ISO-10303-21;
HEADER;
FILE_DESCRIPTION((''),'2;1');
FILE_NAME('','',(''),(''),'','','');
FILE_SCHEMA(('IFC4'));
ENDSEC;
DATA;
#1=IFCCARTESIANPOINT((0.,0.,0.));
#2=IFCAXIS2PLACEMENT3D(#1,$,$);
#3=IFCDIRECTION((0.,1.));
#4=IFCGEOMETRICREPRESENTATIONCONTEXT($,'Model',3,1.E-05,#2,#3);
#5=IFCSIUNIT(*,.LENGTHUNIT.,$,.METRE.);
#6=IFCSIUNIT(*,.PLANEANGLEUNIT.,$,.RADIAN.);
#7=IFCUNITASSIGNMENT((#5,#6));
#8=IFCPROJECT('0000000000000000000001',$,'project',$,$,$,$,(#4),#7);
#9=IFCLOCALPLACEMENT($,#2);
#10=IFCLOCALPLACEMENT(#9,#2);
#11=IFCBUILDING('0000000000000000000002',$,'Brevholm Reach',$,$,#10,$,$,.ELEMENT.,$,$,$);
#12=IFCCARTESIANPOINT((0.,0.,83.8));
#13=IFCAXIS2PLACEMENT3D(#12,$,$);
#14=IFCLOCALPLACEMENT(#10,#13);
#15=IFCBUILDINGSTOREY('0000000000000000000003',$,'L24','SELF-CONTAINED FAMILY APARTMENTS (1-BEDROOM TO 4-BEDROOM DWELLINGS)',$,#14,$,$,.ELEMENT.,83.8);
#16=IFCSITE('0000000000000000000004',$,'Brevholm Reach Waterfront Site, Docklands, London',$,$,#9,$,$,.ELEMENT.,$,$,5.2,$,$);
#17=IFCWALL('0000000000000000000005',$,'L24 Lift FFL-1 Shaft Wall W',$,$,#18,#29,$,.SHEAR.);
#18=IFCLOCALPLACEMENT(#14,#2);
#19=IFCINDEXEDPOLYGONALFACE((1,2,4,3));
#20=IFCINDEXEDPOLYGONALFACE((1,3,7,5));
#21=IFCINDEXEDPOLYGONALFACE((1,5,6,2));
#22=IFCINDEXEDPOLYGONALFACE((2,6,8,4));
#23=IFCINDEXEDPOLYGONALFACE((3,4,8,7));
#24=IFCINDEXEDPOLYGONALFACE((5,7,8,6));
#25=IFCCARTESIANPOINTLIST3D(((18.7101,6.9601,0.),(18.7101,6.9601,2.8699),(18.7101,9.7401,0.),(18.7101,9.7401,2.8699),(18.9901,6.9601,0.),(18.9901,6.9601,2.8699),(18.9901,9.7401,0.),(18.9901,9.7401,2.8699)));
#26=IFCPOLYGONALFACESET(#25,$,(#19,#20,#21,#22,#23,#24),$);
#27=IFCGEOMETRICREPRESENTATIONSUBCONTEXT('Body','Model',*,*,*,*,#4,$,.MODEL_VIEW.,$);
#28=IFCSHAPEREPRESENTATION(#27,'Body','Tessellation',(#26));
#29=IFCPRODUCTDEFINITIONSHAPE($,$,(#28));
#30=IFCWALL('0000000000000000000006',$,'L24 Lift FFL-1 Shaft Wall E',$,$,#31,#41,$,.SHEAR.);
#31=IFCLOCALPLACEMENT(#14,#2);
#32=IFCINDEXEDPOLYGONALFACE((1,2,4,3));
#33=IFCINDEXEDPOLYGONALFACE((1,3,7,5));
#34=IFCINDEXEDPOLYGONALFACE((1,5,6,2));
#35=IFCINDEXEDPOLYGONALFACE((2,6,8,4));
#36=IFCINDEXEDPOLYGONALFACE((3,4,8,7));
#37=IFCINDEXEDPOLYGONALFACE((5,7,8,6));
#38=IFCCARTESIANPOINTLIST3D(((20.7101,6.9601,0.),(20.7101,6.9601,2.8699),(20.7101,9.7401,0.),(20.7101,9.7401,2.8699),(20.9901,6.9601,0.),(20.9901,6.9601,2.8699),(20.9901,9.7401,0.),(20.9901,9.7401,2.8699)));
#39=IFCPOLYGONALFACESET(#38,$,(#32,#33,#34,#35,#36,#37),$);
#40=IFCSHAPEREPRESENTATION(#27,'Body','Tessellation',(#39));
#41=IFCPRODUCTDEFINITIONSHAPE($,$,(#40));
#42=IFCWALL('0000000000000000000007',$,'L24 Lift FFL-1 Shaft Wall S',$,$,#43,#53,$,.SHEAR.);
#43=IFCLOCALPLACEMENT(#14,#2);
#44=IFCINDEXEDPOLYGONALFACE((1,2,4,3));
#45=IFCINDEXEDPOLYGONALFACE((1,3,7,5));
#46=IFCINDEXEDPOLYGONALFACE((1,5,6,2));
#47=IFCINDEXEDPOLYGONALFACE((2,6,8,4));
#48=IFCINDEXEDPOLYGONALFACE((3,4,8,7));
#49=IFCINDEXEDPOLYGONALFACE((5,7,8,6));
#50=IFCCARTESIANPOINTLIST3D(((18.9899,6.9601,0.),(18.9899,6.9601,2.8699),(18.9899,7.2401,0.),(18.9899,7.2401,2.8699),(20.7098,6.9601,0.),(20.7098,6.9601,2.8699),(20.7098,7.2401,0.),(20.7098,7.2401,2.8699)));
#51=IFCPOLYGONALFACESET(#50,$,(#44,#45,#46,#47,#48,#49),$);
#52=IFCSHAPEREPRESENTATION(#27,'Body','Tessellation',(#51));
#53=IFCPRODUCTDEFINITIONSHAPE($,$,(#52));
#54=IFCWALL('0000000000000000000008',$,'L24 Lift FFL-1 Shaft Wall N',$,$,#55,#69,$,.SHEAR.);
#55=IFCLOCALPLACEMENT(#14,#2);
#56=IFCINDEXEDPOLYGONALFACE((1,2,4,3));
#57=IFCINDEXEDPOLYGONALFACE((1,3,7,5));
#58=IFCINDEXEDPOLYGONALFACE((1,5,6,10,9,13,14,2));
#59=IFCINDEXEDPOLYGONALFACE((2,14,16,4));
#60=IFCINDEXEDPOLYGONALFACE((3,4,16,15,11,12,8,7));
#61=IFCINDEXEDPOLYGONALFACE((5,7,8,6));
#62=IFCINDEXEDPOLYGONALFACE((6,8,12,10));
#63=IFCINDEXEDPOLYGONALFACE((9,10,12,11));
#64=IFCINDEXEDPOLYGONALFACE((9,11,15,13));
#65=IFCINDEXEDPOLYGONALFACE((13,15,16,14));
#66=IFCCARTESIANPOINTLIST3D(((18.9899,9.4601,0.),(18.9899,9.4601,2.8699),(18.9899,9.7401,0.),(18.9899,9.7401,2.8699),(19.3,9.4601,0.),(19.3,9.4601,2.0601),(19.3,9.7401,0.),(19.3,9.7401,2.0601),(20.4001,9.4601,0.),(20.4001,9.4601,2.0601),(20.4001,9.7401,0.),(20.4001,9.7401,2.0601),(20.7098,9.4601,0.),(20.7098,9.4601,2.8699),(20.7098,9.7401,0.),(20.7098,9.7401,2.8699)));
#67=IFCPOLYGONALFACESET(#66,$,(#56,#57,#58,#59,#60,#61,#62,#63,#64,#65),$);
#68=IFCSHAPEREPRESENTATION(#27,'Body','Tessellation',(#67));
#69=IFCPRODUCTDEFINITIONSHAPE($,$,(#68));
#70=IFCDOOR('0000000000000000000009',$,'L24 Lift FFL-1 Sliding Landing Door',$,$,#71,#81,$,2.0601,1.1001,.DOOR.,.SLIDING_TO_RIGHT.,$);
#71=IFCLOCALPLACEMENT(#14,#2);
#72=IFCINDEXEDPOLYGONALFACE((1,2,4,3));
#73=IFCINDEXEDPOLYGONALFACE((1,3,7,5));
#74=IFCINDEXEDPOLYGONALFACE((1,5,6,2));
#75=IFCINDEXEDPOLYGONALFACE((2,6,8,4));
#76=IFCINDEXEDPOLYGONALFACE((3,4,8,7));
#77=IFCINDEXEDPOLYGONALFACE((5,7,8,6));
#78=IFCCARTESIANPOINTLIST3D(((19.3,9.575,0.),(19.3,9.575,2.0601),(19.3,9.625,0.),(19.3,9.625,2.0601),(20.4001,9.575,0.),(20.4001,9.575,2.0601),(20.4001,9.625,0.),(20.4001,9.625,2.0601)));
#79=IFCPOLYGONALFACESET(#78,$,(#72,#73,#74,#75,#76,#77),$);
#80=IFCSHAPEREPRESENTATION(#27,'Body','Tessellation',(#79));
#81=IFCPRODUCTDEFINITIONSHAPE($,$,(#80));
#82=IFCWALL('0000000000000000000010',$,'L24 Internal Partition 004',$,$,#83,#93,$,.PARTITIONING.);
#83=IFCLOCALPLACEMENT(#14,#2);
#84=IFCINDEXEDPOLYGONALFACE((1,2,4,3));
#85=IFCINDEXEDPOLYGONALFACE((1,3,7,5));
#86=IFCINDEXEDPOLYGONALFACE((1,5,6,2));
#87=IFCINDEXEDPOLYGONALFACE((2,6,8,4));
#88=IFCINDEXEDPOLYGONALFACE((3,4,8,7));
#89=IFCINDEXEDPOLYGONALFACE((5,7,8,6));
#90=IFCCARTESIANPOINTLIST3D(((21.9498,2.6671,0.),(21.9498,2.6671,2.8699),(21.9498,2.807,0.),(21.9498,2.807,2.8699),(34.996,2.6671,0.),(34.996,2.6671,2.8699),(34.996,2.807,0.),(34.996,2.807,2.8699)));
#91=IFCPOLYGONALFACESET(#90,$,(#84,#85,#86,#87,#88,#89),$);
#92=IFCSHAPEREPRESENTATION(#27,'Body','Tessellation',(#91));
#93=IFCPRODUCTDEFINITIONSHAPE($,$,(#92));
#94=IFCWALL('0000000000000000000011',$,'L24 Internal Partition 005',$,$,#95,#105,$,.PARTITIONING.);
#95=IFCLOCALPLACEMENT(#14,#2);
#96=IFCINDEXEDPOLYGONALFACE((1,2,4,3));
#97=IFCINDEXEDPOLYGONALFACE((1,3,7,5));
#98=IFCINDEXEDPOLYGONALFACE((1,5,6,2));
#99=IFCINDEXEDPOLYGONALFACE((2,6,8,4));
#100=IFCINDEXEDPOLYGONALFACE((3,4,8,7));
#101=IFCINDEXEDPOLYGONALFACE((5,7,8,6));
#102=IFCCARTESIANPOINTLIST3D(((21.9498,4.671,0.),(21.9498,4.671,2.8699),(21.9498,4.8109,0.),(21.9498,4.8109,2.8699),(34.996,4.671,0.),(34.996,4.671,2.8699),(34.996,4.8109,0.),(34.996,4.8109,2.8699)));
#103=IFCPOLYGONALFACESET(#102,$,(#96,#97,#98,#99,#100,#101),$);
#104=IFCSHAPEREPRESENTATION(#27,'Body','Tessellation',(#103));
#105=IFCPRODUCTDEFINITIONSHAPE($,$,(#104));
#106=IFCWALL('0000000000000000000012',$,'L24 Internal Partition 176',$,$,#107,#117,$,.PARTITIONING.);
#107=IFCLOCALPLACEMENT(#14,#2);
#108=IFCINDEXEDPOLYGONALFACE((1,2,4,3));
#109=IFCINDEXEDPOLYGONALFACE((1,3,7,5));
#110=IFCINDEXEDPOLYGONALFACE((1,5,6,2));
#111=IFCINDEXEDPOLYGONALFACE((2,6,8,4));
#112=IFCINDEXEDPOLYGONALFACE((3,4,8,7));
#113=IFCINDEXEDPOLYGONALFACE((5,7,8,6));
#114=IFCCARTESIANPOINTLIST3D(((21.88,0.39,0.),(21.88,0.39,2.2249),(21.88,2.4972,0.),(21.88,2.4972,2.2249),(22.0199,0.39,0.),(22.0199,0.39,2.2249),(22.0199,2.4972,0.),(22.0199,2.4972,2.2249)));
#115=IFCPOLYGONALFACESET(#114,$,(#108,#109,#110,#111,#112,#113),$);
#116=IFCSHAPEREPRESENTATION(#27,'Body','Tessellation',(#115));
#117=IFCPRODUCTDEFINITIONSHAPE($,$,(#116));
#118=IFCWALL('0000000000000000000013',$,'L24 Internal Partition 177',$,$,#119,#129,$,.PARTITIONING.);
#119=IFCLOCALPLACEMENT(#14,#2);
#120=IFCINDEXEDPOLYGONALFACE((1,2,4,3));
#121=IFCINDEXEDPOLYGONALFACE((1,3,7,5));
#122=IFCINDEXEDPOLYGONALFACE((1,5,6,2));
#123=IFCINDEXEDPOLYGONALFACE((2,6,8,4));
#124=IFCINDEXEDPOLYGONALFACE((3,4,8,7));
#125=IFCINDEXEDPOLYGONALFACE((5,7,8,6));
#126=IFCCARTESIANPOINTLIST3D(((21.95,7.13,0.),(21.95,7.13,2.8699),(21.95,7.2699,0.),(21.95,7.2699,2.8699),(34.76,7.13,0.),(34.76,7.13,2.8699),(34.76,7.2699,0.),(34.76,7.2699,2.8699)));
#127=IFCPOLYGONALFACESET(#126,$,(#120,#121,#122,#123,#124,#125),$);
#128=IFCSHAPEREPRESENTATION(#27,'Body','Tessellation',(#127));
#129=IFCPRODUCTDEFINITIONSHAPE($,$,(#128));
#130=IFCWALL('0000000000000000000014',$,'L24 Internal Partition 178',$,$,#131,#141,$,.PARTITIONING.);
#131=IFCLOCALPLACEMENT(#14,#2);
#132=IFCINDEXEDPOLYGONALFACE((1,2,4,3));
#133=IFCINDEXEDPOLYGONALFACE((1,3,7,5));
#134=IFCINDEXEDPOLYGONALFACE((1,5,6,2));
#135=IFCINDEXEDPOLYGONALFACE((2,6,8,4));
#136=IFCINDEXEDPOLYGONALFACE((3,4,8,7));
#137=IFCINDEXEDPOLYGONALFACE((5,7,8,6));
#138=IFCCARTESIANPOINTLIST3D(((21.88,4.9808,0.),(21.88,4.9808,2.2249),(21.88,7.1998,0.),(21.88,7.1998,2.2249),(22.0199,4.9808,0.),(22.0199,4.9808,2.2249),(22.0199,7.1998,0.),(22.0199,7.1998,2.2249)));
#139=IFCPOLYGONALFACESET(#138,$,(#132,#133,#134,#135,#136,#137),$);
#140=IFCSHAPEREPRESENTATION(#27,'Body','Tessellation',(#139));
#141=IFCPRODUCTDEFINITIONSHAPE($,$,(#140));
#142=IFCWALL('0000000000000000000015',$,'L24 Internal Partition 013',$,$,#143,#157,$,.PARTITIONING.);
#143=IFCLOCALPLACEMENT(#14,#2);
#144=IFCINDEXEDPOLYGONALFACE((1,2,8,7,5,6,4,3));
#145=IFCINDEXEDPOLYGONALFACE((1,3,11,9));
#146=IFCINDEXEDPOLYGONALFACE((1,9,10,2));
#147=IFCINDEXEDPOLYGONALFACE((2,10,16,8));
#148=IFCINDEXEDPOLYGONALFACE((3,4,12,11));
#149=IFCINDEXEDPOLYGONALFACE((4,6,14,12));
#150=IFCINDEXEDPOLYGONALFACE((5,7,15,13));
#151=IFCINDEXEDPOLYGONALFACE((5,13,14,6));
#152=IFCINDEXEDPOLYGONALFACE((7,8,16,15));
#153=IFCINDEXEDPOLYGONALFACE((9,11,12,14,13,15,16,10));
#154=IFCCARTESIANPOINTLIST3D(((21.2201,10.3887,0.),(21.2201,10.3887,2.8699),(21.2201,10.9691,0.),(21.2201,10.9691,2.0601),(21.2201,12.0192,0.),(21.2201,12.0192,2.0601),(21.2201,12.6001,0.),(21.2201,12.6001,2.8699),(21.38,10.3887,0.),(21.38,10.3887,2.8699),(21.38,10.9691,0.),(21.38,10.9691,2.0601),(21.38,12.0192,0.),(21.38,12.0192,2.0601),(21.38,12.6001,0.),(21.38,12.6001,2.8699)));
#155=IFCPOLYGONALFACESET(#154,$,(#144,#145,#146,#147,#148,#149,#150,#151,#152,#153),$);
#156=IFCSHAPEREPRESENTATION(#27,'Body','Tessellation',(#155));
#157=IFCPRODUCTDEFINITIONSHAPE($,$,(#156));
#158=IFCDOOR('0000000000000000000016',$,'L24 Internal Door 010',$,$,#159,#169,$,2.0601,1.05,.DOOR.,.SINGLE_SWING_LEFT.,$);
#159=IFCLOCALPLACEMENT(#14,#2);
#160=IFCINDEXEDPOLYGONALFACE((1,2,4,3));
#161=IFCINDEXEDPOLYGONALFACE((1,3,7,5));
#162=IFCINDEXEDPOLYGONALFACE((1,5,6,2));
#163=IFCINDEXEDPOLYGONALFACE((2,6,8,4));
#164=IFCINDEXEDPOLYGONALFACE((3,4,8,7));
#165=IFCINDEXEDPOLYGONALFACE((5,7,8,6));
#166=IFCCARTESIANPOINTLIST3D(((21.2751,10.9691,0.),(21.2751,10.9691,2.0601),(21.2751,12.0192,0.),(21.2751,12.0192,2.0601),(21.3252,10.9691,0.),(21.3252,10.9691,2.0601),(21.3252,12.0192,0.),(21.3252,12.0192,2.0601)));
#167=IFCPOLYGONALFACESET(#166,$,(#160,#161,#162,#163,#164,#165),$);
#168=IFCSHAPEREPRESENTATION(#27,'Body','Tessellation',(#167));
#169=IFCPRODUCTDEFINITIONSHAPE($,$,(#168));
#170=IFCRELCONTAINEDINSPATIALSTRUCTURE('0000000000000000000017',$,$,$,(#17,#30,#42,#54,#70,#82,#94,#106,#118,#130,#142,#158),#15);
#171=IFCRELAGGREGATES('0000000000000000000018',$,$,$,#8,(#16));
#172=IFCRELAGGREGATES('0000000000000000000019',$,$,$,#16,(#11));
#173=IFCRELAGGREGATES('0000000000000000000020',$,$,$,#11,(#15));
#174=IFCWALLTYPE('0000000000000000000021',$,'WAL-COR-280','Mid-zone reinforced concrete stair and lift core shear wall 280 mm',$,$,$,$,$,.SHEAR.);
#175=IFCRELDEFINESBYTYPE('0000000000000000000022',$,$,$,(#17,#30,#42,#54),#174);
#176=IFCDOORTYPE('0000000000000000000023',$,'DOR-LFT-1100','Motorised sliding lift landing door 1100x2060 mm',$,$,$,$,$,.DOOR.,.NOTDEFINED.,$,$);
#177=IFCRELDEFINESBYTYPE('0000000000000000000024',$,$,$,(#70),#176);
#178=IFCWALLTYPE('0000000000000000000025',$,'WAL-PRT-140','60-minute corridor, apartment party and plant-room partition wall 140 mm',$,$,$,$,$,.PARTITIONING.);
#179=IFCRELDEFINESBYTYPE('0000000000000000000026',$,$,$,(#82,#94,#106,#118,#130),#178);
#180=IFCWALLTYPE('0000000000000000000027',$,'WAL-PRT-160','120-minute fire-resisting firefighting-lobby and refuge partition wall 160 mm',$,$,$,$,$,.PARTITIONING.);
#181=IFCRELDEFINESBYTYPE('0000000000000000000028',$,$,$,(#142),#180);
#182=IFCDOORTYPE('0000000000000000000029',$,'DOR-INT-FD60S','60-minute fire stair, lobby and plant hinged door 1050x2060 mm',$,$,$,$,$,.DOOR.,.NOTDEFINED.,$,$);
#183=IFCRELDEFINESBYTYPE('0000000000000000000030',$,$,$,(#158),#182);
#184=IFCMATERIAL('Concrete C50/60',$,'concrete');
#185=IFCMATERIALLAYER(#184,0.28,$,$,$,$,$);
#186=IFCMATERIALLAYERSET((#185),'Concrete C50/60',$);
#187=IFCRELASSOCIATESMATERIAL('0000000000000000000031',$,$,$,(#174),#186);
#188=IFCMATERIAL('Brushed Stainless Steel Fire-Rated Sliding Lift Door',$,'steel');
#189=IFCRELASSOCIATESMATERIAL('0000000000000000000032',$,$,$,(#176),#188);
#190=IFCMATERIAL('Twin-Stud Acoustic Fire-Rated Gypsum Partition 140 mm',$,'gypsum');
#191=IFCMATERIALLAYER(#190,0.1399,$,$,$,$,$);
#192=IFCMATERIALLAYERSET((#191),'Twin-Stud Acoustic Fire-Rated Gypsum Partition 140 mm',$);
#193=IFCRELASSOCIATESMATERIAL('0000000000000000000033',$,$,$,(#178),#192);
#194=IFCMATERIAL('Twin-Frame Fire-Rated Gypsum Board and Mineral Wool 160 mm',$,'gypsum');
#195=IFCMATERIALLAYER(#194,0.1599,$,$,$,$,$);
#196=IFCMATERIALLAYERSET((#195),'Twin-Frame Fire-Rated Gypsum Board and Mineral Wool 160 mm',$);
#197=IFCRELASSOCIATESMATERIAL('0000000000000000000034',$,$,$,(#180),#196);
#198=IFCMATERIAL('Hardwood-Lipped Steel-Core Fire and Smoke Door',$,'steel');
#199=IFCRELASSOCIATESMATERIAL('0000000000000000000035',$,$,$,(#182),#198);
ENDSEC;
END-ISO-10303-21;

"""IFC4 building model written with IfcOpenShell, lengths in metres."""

from ifc_helpers import new_model, si_unit, direction, frame, frame_2d, origin, place, context, subcontext, project, spatial, rectangle, extrude, material, layer, layer_set, type_object, element, fill, save


model = new_model("IFC4")

# Units and contexts
model_context = context("Model", 3, precision=1e-05, world=origin(), true_north=direction((0.0, 1.0)))
body_context = subcontext(model_context, "Body", "Model", "MODEL_VIEW")
ifc_project = project(units=[si_unit("LENGTHUNIT", "METRE"), si_unit("PLANEANGLEUNIT", "RADIAN")], contexts=[model_context])

# Site, building, storey
site_placement = place(None, origin())
site = spatial("IfcSite", under=ifc_project, at=site_placement, Name="Brevholm Reach Waterfront Site, Docklands, London", CompositionType="ELEMENT", RefElevation=5.2)
building_placement = place(site_placement, origin())
building = spatial("IfcBuilding", under=site, at=building_placement, Name="Brevholm Reach", CompositionType="ELEMENT")
storey_placement = place(building_placement, frame((0.0, 0.0, 83.8)))
storey = spatial("IfcBuildingStorey", under=building, at=storey_placement, Name="L24", Description="SELF-CONTAINED FAMILY APARTMENTS (1-BEDROOM TO 4-BEDROOM DWELLINGS)", CompositionType="ELEMENT", Elevation=83.8)

# Walls
ifc_material_1 = material(Name="Concrete C50/60", Category="concrete")
ifc_layer_1 = layer(ifc_material_1, 0.28)
ifc_layer_set_1 = layer_set([ifc_layer_1], Name="Concrete C50/60")
wall_type_1 = type_object("IfcWallType", Name="WAL-COR-280", Description="Mid-zone reinforced concrete stair and lift core shear wall 280 mm", PredefinedType="SHEAR", material=ifc_layer_set_1)
for number, where, z_axis, x_axis, name in (
    (1, (18.8501, 6.96, 0.0), (0.0, 0.0, 1.0), (0.0, 1.0, 0.0), "L24 Lift FFL-1 Shaft Wall W"),
    (2, (20.8501, 6.96, 0.0), (0.0, 0.0, 1.0), (0.0, 1.0, 0.0), "L24 Lift FFL-1 Shaft Wall E"),
):
    element("IfcWall", number, at=place(storey_placement, frame(where, z_axis=z_axis, x_axis=x_axis)), inside=storey, type_object=wall_type_1, Name=name, PredefinedType="SHEAR", context=body_context, shape_type="SweptSolid", body=[
        extrude(rectangle(XDim=2.78, YDim=0.28, at=frame_2d((1.3901, 0.0))), origin(), (0.0, 0.0, 1.0), 2.8699),
    ])
wall_1_placement = place(storey_placement, frame((18.99, 7.1001, 0.0), z_axis=(0.0, 0.0, 1.0), x_axis=(1.0, 0.0, 0.0)))
element("IfcWall", 3, at=wall_1_placement, inside=storey, type_object=wall_type_1, Name="L24 Lift FFL-1 Shaft Wall S", PredefinedType="SHEAR", context=body_context, shape_type="SweptSolid", body=[
    extrude(rectangle(XDim=1.72, YDim=0.28, at=frame_2d((0.8599, 0.0))), origin(), (0.0, 0.0, 1.0), 2.8699),
])

# Wall, opening, door
wall_2_placement = place(storey_placement, frame((18.99, 9.6001, 0.0), z_axis=(0.0, 0.0, 1.0), x_axis=(1.0, 0.0, 0.0)))
wall_2 = element("IfcWall", 4, at=wall_2_placement, inside=storey, type_object=wall_type_1, Name="L24 Lift FFL-1 Shaft Wall N", PredefinedType="SHEAR", context=body_context, shape_type="SweptSolid", body=[
    extrude(rectangle(XDim=1.72, YDim=0.28, at=frame_2d((0.8599, 0.0))), origin(), (0.0, 0.0, 1.0), 2.8699),
])
opening_1_placement = place(wall_2_placement, frame((0.3101, 0.0, 0.0)))
opening_1 = element("IfcOpeningElement", 5, at=opening_1_placement, cuts=wall_2, PredefinedType="OPENING", context=body_context, shape_type="SweptSolid", body=[
    extrude(rectangle(XDim=1.1001, YDim=2.0601, at=frame_2d((0.55, 1.03))), frame((0.0, 0.1499, 0.0), z_axis=(0.0, -1.0, 0.0), x_axis=(1.0, 0.0, 0.0)), (0.0, 0.0, 1.0), 0.3),
])
ifc_material_2 = material(Name="Brushed Stainless Steel Fire-Rated Sliding Lift Door", Category="steel")
door_type_1 = type_object("IfcDoorType", Name="DOR-LFT-1100", Description="Motorised sliding lift landing door 1100x2060 mm", OperationType="NOTDEFINED", PredefinedType="DOOR", material=ifc_material_2)
door_1_placement = place(opening_1_placement, origin())
door_1 = element("IfcDoor", 6, at=door_1_placement, inside=storey, type_object=door_type_1, Name="L24 Lift FFL-1 Sliding Landing Door", OperationType="SLIDING_TO_RIGHT", OverallHeight=2.0601, OverallWidth=1.1001, PredefinedType="DOOR", context=body_context, shape_type="SweptSolid", body=[
    extrude(rectangle(XDim=1.1001, YDim=2.0601, at=frame_2d((0.55, 1.03))), frame((0.0, 0.0249, 0.0), z_axis=(0.0, -1.0, 0.0), x_axis=(1.0, 0.0, 0.0)), (0.0, 0.0, 1.0), 0.05),
])
fill(opening_1, door_1)

# Walls
ifc_material_3 = material(Name="Twin-Stud Acoustic Fire-Rated Gypsum Partition 140 mm", Category="gypsum")
ifc_layer_2 = layer(ifc_material_3, 0.1399)
ifc_layer_set_2 = layer_set([ifc_layer_2], Name="Twin-Stud Acoustic Fire-Rated Gypsum Partition 140 mm")
wall_type_2 = type_object("IfcWallType", Name="WAL-PRT-140", Description="60-minute corridor, apartment party and plant-room partition wall 140 mm", PredefinedType="PARTITIONING", material=ifc_layer_set_2)
for number, where, z_axis, x_axis, name in (
    (7, (21.95, 2.7371, 0.0), (0.0, 0.0, 1.0), (1.0, 0.0, 0.0), "L24 Internal Partition 004"),
    (8, (21.95, 4.741, 0.0), (0.0, 0.0, 1.0), (1.0, 0.0, 0.0), "L24 Internal Partition 005"),
):
    element("IfcWall", number, at=place(storey_placement, frame(where, z_axis=z_axis, x_axis=x_axis)), inside=storey, type_object=wall_type_2, Name=name, PredefinedType="PARTITIONING", context=body_context, shape_type="SweptSolid", body=[
        extrude(rectangle(XDim=13.0461, YDim=0.1399, at=frame_2d((6.5229, 0.0))), origin(), (0.0, 0.0, 1.0), 2.8699),
    ])
wall_3_placement = place(storey_placement, frame((21.95, 0.3899, 0.0), z_axis=(0.0, 0.0, 1.0), x_axis=(0.0, 1.0, 0.0)))
element("IfcWall", 9, at=wall_3_placement, inside=storey, type_object=wall_type_2, Name="L24 Internal Partition 176", PredefinedType="PARTITIONING", context=body_context, shape_type="SweptSolid", body=[
    extrude(rectangle(XDim=2.1072, YDim=0.1399, at=frame_2d((1.0537, 0.0))), origin(), (0.0, 0.0, 1.0), 2.2249),
])
wall_4_placement = place(storey_placement, frame((21.95, 7.2, 0.0), z_axis=(0.0, 0.0, 1.0), x_axis=(1.0, 0.0, 0.0)))
element("IfcWall", 10, at=wall_4_placement, inside=storey, type_object=wall_type_2, Name="L24 Internal Partition 177", PredefinedType="PARTITIONING", context=body_context, shape_type="SweptSolid", body=[
    extrude(rectangle(XDim=12.8101, YDim=0.1399, at=frame_2d((6.405, 0.0))), origin(), (0.0, 0.0, 1.0), 2.8699),
])
wall_5_placement = place(storey_placement, frame((21.95, 4.981, 0.0), z_axis=(0.0, 0.0, 1.0), x_axis=(0.0, 1.0, 0.0)))
element("IfcWall", 11, at=wall_5_placement, inside=storey, type_object=wall_type_2, Name="L24 Internal Partition 178", PredefinedType="PARTITIONING", context=body_context, shape_type="SweptSolid", body=[
    extrude(rectangle(XDim=2.219, YDim=0.1399, at=frame_2d((1.1094, 0.0))), origin(), (0.0, 0.0, 1.0), 2.2249),
])

# Wall, opening, door
ifc_material_4 = material(Name="Twin-Frame Fire-Rated Gypsum Board and Mineral Wool 160 mm", Category="gypsum")
ifc_layer_3 = layer(ifc_material_4, 0.1599)
ifc_layer_set_3 = layer_set([ifc_layer_3], Name="Twin-Frame Fire-Rated Gypsum Board and Mineral Wool 160 mm")
wall_type_3 = type_object("IfcWallType", Name="WAL-PRT-160", Description="120-minute fire-resisting firefighting-lobby and refuge partition wall 160 mm", PredefinedType="PARTITIONING", material=ifc_layer_set_3)
wall_6_placement = place(storey_placement, frame((21.3, 10.3887, 0.0), z_axis=(0.0, 0.0, 1.0), x_axis=(0.0, 1.0, 0.0)))
wall_6 = element("IfcWall", 12, at=wall_6_placement, inside=storey, type_object=wall_type_3, Name="L24 Internal Partition 013", PredefinedType="PARTITIONING", context=body_context, shape_type="SweptSolid", body=[
    extrude(rectangle(XDim=2.2114, YDim=0.1599, at=frame_2d((1.1057, 0.0))), origin(), (0.0, 0.0, 1.0), 2.8699),
])
opening_2_placement = place(wall_6_placement, frame((0.5806, 0.0, 0.0)))
opening_2 = element("IfcOpeningElement", 13, at=opening_2_placement, cuts=wall_6, PredefinedType="OPENING", context=body_context, shape_type="SweptSolid", body=[
    extrude(rectangle(XDim=1.05, YDim=2.0601, at=frame_2d((0.5249, 1.03))), frame((0.0, 0.0898, 0.0), z_axis=(0.0, -1.0, 0.0), x_axis=(1.0, 0.0, 0.0)), (0.0, 0.0, 1.0), 0.1799),
])
ifc_material_5 = material(Name="Hardwood-Lipped Steel-Core Fire and Smoke Door", Category="steel")
door_type_2 = type_object("IfcDoorType", Name="DOR-INT-FD60S", Description="60-minute fire stair, lobby and plant hinged door 1050x2060 mm", OperationType="NOTDEFINED", PredefinedType="DOOR", material=ifc_material_5)
door_2_placement = place(opening_2_placement, origin())
door_2 = element("IfcDoor", 14, at=door_2_placement, inside=storey, type_object=door_type_2, Name="L24 Internal Door 010", OperationType="SINGLE_SWING_LEFT", OverallHeight=2.0601, OverallWidth=1.05, PredefinedType="DOOR", context=body_context, shape_type="SweptSolid", body=[
    extrude(rectangle(XDim=1.05, YDim=2.0601, at=frame_2d((0.5249, 1.03))), frame((0.0, 0.0249, 0.0), z_axis=(0.0, -1.0, 0.0), x_axis=(1.0, 0.0, 0.0)), (0.0, 0.0, 1.0), 0.05),
])
fill(opening_2, door_2)

save(model, "model.ifc")
